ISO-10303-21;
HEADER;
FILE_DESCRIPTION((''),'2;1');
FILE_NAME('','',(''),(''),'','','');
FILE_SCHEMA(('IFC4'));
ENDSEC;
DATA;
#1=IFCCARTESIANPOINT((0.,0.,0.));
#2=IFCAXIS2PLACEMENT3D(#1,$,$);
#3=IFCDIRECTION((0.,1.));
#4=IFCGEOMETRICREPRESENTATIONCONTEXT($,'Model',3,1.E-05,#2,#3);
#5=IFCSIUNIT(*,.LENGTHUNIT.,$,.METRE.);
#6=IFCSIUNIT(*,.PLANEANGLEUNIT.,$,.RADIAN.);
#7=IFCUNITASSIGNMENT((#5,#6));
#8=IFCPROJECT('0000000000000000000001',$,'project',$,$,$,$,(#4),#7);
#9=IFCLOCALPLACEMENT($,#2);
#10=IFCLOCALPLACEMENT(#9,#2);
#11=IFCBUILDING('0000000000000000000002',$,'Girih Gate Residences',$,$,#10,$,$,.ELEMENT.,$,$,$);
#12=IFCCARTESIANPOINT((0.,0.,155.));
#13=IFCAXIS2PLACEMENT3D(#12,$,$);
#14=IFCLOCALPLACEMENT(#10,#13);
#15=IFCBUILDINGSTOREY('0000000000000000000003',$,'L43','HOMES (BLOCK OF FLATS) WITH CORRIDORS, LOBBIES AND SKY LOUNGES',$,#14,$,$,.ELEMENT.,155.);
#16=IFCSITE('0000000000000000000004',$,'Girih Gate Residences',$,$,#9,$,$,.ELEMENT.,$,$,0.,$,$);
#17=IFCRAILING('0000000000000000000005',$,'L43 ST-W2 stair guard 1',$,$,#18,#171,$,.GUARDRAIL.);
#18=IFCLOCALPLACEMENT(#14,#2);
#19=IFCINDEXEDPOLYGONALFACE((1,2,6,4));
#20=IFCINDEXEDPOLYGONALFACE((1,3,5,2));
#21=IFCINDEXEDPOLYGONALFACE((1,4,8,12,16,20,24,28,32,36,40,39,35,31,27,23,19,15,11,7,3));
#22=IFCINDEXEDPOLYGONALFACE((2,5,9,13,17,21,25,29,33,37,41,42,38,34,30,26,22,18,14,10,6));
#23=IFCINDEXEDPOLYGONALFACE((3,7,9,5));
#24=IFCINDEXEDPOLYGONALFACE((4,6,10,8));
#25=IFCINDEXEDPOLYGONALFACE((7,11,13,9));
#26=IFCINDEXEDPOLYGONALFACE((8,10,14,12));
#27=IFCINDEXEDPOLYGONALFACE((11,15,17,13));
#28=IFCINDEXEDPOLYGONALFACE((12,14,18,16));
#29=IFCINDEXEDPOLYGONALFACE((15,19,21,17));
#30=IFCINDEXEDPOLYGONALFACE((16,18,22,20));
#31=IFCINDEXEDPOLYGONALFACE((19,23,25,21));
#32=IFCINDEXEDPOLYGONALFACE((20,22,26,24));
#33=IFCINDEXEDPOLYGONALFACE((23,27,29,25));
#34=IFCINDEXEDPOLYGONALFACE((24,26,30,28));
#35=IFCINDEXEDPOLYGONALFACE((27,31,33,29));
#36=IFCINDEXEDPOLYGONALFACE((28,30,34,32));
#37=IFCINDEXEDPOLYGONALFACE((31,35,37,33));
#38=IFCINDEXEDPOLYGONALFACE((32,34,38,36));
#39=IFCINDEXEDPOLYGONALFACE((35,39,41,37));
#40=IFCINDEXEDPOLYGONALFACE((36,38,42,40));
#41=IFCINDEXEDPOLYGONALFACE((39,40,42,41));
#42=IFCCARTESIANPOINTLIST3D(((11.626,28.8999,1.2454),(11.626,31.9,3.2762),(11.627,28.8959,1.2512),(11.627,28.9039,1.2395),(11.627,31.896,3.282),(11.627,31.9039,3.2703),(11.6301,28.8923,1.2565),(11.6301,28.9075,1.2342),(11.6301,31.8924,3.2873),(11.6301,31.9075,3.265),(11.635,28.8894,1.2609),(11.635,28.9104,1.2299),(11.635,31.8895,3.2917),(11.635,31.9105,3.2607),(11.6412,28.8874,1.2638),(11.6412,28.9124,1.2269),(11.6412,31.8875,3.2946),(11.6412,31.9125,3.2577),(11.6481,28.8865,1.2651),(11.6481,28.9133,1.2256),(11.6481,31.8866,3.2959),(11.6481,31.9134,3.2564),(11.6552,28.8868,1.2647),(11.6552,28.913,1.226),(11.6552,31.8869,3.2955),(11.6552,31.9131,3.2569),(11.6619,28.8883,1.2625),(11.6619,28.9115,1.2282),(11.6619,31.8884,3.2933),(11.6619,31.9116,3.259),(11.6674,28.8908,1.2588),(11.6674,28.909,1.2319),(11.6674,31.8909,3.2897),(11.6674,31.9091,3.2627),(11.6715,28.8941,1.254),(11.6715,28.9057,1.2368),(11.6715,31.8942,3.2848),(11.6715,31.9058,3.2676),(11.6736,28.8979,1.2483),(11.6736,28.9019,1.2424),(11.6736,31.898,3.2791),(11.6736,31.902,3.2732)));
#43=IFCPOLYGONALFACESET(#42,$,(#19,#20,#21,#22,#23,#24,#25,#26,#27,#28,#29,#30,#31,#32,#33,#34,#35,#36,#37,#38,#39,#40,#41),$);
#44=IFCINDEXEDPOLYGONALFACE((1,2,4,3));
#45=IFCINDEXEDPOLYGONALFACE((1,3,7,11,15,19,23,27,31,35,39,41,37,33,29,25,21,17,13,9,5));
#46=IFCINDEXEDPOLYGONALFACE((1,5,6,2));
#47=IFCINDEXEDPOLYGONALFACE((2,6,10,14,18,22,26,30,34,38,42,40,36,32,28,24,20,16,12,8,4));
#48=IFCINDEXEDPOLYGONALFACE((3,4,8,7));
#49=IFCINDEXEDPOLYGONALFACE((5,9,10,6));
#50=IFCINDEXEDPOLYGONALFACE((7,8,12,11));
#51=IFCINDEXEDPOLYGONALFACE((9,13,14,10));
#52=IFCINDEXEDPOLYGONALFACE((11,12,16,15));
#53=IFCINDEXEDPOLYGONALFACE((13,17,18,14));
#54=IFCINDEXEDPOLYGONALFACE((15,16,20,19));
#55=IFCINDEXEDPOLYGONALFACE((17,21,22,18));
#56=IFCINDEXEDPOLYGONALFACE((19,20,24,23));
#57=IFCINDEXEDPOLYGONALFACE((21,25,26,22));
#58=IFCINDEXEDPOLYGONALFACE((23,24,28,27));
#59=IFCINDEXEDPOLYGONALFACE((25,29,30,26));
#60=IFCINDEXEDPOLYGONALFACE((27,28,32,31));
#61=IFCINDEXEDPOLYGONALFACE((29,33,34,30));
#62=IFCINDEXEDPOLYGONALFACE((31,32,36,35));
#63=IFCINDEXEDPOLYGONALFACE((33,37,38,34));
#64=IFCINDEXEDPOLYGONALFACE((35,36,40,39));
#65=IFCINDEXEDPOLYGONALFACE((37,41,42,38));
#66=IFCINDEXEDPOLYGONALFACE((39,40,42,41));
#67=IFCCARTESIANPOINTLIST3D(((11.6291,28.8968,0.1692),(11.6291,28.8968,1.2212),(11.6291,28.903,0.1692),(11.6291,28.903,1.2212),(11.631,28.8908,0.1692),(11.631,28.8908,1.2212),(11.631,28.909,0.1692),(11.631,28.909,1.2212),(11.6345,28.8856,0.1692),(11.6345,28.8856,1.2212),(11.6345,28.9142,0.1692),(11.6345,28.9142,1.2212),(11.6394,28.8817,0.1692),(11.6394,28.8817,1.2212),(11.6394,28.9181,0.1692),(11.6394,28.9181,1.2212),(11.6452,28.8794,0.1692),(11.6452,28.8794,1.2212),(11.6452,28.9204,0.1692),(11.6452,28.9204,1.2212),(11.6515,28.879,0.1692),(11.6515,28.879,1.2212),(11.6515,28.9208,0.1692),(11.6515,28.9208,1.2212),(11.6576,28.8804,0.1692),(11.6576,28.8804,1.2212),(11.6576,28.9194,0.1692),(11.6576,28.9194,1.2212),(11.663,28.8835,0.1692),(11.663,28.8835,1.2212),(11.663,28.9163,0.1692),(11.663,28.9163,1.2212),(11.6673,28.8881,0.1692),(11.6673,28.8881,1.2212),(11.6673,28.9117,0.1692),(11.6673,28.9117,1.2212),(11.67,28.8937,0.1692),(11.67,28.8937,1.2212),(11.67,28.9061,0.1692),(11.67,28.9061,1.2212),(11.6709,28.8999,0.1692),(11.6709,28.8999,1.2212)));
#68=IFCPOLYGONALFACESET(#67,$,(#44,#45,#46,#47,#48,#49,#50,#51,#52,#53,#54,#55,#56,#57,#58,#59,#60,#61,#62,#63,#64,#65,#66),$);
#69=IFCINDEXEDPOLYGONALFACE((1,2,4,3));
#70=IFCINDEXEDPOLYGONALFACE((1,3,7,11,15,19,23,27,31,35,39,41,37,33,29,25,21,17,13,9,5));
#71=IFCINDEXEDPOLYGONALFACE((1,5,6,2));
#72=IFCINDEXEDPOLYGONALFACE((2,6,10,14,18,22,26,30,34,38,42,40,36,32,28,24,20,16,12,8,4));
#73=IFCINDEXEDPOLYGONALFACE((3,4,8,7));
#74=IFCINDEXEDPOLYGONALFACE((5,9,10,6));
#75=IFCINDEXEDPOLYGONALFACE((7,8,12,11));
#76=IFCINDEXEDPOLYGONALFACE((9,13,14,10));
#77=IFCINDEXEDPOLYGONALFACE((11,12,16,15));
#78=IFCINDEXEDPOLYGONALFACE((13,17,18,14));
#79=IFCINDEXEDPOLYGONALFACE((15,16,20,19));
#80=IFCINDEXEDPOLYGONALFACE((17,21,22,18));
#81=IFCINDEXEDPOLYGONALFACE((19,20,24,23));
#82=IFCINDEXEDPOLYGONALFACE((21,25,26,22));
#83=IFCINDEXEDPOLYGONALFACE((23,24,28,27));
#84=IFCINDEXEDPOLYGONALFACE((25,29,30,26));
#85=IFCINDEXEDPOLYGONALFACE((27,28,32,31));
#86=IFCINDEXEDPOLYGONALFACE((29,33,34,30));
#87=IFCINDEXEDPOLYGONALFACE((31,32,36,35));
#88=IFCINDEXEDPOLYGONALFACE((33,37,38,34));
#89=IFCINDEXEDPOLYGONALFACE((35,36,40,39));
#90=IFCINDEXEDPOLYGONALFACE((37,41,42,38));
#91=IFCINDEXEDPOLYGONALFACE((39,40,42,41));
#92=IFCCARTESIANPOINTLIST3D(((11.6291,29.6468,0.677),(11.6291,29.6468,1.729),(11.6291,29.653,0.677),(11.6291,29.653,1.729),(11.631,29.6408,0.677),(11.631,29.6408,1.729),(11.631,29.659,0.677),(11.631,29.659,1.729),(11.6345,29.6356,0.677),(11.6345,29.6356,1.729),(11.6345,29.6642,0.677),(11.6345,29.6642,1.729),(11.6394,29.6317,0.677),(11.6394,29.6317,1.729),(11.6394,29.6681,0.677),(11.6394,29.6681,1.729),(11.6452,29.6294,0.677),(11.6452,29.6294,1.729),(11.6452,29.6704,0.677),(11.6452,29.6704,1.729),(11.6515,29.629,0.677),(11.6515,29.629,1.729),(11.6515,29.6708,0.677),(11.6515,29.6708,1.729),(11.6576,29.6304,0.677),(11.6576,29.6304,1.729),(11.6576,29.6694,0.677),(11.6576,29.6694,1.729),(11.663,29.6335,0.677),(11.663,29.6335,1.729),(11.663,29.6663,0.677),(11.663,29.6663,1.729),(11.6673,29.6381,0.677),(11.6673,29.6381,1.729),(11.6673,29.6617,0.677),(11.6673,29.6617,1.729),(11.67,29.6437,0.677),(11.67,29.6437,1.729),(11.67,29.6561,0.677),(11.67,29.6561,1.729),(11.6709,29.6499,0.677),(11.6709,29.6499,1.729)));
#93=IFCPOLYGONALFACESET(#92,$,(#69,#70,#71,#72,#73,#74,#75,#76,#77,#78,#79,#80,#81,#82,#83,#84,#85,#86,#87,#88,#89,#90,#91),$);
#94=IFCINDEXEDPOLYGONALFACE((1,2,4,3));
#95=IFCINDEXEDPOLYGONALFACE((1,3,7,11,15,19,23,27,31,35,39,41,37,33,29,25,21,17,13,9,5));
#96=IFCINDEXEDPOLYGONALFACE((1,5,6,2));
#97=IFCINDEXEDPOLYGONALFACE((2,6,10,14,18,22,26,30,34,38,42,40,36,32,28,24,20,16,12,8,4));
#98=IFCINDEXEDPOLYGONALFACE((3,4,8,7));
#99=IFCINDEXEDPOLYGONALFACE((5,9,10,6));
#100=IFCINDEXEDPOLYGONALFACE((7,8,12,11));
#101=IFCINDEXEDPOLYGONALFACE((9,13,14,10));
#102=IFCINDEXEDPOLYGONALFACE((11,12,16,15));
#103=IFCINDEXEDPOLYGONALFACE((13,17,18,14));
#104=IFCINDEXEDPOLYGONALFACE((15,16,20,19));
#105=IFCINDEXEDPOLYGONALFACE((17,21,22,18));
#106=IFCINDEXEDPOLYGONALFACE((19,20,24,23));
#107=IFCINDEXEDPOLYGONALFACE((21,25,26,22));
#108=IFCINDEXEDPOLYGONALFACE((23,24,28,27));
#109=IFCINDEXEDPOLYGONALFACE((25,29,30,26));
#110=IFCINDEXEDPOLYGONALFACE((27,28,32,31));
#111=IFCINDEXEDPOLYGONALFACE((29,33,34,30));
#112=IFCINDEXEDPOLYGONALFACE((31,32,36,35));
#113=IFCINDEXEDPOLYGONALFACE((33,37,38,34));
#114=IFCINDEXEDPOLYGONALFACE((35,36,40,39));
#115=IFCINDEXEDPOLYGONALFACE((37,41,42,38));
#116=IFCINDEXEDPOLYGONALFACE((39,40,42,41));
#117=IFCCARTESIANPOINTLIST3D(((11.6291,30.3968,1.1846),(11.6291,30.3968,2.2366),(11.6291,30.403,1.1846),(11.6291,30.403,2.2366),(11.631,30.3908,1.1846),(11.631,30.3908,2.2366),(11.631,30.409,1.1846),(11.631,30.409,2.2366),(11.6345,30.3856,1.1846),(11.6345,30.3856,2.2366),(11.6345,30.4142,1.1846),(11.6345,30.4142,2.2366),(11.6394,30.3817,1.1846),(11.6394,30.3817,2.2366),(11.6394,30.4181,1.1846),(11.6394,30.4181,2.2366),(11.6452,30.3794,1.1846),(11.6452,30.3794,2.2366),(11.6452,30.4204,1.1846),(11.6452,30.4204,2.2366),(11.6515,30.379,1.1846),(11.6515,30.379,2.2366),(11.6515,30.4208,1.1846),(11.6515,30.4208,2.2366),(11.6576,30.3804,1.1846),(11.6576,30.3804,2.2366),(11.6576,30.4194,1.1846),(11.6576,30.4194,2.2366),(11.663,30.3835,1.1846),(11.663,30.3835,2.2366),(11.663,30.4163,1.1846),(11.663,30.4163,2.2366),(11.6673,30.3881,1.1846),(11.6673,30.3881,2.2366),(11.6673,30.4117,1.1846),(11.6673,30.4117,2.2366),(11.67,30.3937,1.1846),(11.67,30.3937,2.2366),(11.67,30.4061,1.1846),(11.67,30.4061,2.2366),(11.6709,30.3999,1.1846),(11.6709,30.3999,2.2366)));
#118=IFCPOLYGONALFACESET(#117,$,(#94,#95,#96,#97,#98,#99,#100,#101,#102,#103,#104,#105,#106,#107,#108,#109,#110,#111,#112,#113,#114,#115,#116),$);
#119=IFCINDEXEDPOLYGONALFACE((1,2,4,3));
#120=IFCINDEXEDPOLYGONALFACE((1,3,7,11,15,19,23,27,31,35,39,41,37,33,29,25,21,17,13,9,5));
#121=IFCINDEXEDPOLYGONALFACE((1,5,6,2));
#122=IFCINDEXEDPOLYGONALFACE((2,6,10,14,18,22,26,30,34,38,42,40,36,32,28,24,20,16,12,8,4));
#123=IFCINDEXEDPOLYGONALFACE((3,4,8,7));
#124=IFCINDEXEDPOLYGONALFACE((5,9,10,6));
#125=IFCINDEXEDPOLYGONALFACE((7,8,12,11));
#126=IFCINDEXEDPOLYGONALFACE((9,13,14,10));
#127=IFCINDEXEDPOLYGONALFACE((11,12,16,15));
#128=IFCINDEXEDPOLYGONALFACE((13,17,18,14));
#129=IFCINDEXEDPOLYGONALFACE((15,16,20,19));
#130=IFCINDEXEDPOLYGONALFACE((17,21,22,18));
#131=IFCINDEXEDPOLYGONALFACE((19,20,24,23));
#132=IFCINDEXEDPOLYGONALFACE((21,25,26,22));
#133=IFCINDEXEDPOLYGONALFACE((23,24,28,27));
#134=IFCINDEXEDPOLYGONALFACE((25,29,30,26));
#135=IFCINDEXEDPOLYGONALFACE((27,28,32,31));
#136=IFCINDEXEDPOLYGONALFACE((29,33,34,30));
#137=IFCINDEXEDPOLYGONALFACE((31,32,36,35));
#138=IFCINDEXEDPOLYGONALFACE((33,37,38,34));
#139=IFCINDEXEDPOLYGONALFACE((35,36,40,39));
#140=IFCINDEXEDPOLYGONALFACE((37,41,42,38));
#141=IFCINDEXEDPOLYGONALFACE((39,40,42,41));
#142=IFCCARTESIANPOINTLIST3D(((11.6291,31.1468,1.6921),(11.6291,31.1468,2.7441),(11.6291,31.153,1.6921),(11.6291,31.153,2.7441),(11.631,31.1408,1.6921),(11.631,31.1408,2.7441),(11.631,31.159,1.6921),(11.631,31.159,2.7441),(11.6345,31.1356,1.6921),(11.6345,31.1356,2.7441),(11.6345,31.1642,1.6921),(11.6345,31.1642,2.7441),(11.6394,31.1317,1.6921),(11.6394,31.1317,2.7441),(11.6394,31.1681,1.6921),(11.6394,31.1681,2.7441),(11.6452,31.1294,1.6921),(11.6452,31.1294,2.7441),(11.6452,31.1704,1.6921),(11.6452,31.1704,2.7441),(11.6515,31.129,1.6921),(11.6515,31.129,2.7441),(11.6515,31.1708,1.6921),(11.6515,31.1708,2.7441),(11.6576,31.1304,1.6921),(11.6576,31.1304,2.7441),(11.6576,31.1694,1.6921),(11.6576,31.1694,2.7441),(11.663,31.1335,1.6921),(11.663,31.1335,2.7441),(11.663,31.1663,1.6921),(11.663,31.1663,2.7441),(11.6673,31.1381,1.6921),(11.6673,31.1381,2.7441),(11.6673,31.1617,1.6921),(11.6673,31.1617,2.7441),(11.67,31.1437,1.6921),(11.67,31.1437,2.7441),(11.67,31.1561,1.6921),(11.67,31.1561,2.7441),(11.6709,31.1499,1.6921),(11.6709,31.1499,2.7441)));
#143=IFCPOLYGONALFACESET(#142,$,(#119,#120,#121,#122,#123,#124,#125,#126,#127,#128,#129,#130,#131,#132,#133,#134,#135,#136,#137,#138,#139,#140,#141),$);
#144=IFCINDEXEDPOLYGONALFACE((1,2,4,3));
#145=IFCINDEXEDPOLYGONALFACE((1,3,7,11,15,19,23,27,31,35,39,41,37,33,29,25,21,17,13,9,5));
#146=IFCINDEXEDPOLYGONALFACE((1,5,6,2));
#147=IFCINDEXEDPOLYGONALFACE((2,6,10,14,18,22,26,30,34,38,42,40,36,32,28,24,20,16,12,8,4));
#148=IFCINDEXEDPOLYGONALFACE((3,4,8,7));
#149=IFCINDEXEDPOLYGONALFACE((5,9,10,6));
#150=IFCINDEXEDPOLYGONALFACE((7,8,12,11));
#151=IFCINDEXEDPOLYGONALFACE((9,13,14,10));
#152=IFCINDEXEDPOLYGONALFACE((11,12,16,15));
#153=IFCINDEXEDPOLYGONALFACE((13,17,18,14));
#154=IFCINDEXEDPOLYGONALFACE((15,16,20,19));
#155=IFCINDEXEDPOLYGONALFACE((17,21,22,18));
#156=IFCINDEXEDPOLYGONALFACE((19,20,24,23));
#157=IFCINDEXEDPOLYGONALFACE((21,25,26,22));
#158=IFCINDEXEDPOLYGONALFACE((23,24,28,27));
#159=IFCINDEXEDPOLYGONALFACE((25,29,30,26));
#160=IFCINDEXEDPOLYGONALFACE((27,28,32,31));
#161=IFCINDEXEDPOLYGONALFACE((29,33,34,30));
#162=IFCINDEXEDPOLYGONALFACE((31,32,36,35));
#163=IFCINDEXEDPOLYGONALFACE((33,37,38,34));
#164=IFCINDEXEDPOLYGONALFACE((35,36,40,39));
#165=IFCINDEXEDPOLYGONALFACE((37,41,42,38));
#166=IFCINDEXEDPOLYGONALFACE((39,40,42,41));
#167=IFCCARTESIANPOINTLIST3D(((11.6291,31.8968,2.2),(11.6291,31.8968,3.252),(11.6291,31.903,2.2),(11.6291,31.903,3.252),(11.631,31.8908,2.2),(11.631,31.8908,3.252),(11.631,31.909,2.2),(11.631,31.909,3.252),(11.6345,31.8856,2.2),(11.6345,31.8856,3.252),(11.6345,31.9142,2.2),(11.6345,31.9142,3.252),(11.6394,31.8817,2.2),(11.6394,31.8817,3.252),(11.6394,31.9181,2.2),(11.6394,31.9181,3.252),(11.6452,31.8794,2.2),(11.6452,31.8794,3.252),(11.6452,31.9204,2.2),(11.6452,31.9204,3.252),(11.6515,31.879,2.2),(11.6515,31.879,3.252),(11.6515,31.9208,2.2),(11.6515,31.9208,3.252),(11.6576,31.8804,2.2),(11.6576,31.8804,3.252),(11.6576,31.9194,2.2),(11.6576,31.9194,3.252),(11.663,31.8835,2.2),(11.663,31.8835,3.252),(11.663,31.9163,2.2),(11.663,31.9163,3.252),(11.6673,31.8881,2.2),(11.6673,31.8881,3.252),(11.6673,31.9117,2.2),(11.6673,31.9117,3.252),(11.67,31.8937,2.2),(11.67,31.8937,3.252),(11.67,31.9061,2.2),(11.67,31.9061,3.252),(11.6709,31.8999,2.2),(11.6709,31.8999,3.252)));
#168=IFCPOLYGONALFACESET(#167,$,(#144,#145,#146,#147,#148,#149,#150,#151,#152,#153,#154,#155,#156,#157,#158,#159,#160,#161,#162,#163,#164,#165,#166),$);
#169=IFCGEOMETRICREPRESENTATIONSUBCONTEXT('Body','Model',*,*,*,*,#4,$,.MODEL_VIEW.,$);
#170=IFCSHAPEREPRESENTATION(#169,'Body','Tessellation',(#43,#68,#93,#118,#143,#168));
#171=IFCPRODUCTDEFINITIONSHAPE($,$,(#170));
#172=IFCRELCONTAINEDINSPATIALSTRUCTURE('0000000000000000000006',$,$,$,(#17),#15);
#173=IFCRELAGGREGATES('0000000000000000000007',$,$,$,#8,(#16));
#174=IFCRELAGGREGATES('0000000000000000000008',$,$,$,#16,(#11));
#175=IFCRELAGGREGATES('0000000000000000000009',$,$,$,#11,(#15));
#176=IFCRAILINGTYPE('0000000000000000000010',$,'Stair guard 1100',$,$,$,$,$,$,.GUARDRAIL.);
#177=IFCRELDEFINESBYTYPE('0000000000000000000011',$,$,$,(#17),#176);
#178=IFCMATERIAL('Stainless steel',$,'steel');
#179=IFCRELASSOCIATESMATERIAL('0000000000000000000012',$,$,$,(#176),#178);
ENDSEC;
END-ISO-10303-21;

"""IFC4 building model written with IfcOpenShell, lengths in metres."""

from ifc_helpers import new_model, si_unit, direction, frame, origin, origin_2d, place, context, subcontext, project, spatial, circle, extrude, material, type_object, element, save


model = new_model("IFC4")

# Units and contexts
model_context = context("Model", 3, precision=1e-05, world=origin(), true_north=direction((0.0, 1.0)))
body_context = subcontext(model_context, "Body", "Model", "MODEL_VIEW")
ifc_project = project(units=[si_unit("LENGTHUNIT", "METRE"), si_unit("PLANEANGLEUNIT", "RADIAN")], contexts=[model_context])

# Site, building, storey
site_placement = place(None, origin())
site = spatial("IfcSite", under=ifc_project, at=site_placement, Name="Girih Gate Residences", CompositionType="ELEMENT", RefElevation=0.0)
building_placement = place(site_placement, origin())
building = spatial("IfcBuilding", under=site, at=building_placement, Name="Girih Gate Residences", CompositionType="ELEMENT")
storey_placement = place(building_placement, frame((0.0, 0.0, 155.0)))
storey = spatial("IfcBuildingStorey", under=building, at=storey_placement, Name="L43", Description="HOMES (BLOCK OF FLATS) WITH CORRIDORS, LOBBIES AND SKY LOUNGES", CompositionType="ELEMENT", Elevation=155.0)

# Railing
ifc_material_1 = material(Name="Stainless steel", Category="steel")
railing_type_1 = type_object("IfcRailingType", Name="Stair guard 1100", PredefinedType="GUARDRAIL", material=ifc_material_1)
railing_1_placement = place(storey_placement, frame((11.6499, 28.8999, 0.1692)))
element("IfcRailing", 1, at=railing_1_placement, inside=storey, type_object=railing_type_1, Name="L43 ST-W2 stair guard 1", PredefinedType="GUARDRAIL", context=body_context, shape_type="SweptSolid", body=[
    extrude(circle(Radius=0.0239, at=origin_2d()), frame((0.0, 0.0, 1.0762), z_axis=(0.0, 0.82811, 0.560565), x_axis=(-1.0, 0.0, 0.0)), (0.0, 0.0, 1.0), 3.6228),
    extrude(circle(Radius=0.021, at=origin_2d()), origin(), (0.0, 0.0, 1.0), 1.052),
    extrude(circle(Radius=0.021, at=origin_2d()), frame((0.0, 0.75, 0.5078)), (0.0, 0.0, 1.0), 1.052),
    extrude(circle(Radius=0.021, at=origin_2d()), frame((0.0, 1.5, 1.0154)), (0.0, 0.0, 1.0), 1.052),
    extrude(circle(Radius=0.021, at=origin_2d()), frame((0.0, 2.25, 1.5229)), (0.0, 0.0, 1.0), 1.052),
    extrude(circle(Radius=0.021, at=origin_2d()), frame((0.0, 3.0, 2.0308)), (0.0, 0.0, 1.0), 1.052),
])

save(model, "model.ifc")
